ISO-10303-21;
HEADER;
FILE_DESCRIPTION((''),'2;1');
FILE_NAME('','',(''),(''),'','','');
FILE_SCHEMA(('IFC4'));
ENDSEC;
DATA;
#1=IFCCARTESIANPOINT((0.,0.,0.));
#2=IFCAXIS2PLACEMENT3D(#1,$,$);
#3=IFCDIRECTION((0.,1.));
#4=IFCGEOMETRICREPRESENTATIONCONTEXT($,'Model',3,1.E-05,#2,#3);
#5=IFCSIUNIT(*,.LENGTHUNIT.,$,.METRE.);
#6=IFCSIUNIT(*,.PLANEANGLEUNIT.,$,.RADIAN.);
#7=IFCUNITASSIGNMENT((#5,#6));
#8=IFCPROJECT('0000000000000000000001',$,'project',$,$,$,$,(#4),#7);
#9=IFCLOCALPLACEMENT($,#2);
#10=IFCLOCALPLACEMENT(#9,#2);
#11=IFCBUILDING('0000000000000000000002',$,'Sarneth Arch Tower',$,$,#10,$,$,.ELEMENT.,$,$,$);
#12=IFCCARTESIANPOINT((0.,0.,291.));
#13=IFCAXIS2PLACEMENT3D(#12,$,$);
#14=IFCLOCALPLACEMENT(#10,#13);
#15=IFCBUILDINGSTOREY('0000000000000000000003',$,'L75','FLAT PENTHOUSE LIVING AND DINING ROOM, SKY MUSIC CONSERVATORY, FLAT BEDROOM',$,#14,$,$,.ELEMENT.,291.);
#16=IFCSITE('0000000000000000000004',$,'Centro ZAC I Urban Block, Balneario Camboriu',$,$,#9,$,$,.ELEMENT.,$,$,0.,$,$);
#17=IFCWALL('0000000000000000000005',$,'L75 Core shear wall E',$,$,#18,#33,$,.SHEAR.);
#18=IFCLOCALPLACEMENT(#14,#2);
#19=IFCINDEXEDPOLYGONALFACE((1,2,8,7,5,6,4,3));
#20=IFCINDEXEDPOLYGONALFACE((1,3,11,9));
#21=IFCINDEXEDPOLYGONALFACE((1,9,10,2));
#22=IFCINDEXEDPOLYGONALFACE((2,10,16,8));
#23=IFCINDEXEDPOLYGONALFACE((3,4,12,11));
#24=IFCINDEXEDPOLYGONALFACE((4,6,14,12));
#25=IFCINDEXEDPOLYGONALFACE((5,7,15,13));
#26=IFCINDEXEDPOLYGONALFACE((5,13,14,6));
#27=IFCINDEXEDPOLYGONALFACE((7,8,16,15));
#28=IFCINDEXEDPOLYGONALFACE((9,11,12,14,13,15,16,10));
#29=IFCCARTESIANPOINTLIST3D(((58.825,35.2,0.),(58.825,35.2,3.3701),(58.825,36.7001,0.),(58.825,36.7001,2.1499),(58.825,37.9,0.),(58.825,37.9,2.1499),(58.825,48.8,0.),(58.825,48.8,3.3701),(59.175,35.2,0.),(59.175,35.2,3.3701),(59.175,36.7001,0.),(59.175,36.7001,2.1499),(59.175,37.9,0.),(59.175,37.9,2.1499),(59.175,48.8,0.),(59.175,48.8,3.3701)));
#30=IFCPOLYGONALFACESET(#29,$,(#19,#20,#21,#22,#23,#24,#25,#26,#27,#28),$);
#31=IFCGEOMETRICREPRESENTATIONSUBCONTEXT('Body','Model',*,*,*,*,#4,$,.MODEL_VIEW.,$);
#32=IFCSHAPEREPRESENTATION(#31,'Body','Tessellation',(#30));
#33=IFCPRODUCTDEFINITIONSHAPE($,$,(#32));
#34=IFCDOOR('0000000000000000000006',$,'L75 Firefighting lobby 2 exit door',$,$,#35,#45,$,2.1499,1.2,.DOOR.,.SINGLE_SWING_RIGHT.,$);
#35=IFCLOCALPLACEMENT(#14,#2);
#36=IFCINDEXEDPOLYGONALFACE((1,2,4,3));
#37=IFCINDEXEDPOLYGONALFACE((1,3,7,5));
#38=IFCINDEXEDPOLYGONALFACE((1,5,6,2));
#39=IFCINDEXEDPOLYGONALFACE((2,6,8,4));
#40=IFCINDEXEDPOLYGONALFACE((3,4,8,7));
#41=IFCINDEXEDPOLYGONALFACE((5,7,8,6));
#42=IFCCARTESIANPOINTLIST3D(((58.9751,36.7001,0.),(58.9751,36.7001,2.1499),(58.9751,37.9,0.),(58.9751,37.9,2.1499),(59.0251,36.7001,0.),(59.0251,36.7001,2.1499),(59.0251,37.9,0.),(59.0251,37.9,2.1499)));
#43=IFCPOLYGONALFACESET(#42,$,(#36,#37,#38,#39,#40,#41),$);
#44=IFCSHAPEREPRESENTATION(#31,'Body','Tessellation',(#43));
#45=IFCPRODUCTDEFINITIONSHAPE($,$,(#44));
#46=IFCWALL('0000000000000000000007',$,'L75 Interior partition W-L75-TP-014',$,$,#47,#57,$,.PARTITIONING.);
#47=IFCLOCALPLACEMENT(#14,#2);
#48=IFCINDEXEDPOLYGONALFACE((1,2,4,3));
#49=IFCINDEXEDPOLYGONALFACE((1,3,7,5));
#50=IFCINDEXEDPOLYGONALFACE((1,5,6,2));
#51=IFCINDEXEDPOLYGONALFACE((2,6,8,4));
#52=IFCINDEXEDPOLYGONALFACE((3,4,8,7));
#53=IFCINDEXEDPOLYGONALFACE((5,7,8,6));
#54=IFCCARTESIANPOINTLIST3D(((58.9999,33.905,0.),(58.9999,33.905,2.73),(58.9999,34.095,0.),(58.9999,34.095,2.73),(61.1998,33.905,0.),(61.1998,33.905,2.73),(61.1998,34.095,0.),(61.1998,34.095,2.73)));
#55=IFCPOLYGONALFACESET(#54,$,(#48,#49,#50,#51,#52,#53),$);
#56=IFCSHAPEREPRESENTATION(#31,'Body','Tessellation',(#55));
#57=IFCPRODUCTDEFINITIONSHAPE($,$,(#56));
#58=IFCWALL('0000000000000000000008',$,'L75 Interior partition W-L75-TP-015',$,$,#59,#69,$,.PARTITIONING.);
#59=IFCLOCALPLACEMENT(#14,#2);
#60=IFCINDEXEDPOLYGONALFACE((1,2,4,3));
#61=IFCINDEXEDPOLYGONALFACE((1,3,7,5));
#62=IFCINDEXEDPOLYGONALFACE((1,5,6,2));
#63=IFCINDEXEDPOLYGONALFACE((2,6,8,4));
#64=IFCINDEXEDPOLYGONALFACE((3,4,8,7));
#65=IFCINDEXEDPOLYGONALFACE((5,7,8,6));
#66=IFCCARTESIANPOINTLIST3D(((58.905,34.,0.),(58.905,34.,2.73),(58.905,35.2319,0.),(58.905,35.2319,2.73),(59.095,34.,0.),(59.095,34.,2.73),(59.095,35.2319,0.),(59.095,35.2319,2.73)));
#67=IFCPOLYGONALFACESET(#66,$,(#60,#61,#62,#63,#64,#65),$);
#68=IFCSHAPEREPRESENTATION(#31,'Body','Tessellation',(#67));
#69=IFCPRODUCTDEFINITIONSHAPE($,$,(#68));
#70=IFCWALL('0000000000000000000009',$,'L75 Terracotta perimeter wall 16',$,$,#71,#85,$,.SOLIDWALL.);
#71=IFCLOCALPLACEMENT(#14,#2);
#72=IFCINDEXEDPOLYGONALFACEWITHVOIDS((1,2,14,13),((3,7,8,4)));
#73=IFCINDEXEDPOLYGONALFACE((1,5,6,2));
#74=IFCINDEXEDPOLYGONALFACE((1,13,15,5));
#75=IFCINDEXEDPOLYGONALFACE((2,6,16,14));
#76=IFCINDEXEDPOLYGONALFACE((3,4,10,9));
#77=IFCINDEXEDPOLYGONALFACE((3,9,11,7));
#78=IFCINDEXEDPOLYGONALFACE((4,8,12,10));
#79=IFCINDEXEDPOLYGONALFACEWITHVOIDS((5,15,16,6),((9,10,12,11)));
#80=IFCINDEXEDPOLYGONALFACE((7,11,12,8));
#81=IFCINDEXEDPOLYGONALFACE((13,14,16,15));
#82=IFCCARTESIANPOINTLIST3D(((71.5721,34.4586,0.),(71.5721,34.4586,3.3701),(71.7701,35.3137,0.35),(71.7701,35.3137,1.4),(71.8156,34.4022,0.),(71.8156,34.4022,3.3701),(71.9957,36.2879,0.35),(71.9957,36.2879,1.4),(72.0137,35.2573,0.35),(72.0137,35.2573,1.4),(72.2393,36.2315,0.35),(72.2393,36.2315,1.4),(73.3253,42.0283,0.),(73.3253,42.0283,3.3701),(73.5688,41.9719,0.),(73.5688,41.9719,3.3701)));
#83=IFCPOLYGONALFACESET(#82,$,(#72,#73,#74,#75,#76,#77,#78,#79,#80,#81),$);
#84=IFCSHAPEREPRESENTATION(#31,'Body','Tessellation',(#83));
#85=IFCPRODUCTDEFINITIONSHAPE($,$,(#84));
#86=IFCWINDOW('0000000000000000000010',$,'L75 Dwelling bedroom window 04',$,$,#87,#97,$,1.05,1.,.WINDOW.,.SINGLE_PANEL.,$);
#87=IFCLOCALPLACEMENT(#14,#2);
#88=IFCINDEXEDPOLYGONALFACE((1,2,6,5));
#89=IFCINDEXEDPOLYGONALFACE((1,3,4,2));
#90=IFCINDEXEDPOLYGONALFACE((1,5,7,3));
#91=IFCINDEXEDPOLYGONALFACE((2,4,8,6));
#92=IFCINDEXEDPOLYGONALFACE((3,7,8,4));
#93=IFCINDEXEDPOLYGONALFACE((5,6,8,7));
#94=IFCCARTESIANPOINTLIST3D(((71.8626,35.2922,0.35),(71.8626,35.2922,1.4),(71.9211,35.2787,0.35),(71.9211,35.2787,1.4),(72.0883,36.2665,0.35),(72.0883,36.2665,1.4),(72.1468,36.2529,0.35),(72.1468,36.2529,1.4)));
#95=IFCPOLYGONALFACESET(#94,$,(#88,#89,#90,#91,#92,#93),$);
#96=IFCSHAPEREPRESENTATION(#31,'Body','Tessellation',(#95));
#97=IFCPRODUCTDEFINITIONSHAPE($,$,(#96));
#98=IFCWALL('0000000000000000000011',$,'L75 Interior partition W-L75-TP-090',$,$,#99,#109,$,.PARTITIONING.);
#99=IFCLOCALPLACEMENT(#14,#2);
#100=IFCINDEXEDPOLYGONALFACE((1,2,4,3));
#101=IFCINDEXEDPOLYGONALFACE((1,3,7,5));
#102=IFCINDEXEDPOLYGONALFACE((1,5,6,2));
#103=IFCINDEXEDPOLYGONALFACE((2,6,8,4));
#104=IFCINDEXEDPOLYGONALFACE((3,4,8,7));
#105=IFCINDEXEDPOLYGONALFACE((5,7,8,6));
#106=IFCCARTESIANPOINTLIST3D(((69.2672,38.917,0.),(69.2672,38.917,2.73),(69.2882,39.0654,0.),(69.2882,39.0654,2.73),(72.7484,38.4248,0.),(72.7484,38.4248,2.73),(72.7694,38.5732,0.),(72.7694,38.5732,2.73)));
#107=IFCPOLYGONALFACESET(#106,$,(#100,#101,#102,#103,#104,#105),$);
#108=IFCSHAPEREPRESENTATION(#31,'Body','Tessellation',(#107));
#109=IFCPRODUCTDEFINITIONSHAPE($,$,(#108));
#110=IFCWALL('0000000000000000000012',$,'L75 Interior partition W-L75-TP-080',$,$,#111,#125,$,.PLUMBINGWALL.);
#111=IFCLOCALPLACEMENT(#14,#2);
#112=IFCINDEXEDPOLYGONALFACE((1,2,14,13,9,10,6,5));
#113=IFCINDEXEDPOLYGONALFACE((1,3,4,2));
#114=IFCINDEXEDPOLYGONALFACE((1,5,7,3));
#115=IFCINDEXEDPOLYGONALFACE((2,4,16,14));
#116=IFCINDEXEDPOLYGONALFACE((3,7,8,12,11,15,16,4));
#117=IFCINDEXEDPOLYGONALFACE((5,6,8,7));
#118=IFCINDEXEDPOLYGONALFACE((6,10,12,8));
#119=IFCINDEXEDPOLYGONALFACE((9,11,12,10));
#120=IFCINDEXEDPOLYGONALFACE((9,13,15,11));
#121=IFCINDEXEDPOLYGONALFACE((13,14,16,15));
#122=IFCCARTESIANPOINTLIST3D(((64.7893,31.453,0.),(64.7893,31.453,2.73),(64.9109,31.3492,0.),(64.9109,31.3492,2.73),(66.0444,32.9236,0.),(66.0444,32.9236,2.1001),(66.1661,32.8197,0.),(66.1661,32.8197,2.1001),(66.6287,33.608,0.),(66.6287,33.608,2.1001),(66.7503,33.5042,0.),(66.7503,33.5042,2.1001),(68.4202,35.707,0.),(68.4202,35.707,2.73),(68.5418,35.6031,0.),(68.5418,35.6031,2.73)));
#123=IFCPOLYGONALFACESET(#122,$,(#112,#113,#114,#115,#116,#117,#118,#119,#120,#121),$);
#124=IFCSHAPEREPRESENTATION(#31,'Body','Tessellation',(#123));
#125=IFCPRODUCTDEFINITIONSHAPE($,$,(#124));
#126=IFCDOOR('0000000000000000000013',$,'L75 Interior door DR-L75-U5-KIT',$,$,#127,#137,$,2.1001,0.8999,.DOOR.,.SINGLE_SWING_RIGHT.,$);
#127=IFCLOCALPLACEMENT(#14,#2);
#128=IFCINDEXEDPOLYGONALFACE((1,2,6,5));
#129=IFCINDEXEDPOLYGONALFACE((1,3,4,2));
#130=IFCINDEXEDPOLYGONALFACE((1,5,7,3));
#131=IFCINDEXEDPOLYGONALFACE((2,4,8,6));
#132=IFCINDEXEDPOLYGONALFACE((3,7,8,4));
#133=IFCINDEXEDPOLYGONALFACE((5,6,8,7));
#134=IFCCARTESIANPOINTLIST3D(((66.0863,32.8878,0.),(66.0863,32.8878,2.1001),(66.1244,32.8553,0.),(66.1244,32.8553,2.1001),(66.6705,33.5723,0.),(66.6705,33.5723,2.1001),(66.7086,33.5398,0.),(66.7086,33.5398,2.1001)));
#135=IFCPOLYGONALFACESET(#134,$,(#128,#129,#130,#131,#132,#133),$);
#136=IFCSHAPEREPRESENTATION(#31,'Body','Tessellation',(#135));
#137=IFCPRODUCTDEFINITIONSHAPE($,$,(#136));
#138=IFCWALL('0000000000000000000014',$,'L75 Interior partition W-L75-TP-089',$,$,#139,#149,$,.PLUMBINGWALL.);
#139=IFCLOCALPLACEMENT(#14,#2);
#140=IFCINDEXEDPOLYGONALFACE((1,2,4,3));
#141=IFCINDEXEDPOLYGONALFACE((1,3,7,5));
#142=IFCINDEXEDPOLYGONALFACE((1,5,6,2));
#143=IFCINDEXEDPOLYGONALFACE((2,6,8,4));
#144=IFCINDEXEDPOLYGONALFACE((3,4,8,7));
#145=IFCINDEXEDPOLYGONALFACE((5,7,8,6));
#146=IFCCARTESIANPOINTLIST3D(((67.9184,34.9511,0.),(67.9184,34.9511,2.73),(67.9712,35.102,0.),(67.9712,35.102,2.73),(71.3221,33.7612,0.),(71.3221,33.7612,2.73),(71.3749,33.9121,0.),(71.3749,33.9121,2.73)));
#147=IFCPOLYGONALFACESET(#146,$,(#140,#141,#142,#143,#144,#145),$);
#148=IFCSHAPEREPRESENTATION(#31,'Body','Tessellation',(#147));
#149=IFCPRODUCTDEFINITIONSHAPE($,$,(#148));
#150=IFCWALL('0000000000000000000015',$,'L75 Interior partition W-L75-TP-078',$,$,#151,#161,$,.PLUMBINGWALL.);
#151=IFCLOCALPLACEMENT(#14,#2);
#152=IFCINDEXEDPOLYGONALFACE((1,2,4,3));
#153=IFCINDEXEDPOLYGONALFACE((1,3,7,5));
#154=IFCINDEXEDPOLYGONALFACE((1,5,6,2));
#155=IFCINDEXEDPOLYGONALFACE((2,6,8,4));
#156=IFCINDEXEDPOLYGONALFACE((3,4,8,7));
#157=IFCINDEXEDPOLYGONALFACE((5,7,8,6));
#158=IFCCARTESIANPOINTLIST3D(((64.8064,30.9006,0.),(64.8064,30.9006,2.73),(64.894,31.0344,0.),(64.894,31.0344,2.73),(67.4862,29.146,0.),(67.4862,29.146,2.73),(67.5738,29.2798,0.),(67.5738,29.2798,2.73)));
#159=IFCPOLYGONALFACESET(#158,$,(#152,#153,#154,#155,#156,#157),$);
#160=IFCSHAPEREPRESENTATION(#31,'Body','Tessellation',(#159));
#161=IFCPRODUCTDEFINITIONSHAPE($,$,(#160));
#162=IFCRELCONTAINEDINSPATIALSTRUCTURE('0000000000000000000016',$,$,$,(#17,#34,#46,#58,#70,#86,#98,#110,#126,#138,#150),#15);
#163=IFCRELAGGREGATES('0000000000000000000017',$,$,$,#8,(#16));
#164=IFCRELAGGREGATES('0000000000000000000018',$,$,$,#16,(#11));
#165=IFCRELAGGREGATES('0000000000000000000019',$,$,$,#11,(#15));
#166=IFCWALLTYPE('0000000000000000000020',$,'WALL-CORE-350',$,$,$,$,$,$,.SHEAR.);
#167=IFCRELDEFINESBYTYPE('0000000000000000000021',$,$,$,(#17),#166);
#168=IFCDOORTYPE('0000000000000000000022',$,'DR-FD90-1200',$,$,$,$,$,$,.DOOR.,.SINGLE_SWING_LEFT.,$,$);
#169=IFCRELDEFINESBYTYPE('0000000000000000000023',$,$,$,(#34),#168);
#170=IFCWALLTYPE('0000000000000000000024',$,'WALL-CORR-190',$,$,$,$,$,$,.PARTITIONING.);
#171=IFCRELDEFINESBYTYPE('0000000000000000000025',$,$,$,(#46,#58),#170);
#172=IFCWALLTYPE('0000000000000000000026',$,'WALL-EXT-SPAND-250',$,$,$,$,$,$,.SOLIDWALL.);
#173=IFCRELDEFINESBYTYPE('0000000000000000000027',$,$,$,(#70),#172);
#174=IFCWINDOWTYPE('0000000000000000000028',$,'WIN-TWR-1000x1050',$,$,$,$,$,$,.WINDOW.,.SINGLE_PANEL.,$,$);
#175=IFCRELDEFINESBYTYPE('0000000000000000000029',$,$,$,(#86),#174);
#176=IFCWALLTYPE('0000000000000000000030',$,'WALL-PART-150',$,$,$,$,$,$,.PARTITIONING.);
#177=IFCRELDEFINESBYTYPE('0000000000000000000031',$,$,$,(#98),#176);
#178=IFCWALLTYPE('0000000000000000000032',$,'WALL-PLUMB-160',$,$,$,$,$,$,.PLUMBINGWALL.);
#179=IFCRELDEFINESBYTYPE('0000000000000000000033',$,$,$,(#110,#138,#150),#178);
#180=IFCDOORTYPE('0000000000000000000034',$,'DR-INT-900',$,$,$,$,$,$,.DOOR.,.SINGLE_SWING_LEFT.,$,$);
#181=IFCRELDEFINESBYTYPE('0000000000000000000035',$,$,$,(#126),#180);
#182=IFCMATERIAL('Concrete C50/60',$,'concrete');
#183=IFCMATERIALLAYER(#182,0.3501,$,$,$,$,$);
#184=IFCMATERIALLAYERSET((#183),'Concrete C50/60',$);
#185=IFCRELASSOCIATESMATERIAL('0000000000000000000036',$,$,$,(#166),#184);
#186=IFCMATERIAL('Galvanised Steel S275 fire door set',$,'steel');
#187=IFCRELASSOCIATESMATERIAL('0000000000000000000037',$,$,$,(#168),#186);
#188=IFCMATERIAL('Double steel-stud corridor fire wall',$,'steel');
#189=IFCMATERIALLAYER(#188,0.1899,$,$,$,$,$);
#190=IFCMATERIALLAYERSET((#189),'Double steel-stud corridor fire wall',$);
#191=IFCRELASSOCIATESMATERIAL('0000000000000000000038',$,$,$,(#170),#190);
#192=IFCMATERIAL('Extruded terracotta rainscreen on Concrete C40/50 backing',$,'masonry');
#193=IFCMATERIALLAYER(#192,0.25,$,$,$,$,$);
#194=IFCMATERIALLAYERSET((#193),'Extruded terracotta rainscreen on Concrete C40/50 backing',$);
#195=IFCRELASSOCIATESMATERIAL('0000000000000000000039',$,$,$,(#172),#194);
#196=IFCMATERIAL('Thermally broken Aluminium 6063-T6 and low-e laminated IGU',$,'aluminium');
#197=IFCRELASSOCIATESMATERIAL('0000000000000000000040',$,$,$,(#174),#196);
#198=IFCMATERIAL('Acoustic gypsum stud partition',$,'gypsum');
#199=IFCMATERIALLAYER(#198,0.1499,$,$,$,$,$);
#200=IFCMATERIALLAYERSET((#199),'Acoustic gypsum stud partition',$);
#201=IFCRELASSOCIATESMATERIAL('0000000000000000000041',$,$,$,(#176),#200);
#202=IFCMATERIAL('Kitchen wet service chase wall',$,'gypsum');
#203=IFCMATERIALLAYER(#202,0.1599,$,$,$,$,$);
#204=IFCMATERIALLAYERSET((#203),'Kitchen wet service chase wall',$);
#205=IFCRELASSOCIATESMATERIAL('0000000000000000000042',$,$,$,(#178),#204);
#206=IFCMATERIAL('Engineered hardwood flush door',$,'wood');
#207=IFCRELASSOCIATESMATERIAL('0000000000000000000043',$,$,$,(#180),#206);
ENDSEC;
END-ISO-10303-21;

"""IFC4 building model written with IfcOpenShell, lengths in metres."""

from ifc_helpers import new_model, si_unit, direction, frame, frame_2d, origin, place, context, subcontext, project, spatial, rectangle, extrude, material, layer, layer_set, type_object, element, fill, save


model = new_model("IFC4")

# Units and contexts
model_context = context("Model", 3, precision=1e-05, world=origin(), true_north=direction((0.0, 1.0)))
body_context = subcontext(model_context, "Body", "Model", "MODEL_VIEW")
ifc_project = project(units=[si_unit("LENGTHUNIT", "METRE"), si_unit("PLANEANGLEUNIT", "RADIAN")], contexts=[model_context])

# Site, building, storey
site_placement = place(None, origin())
site = spatial("IfcSite", under=ifc_project, at=site_placement, Name="Centro ZAC I Urban Block, Balneario Camboriu", CompositionType="ELEMENT", RefElevation=0.0)
building_placement = place(site_placement, origin())
building = spatial("IfcBuilding", under=site, at=building_placement, Name="Sarneth Arch Tower", CompositionType="ELEMENT")
storey_placement = place(building_placement, frame((0.0, 0.0, 291.0)))
storey = spatial("IfcBuildingStorey", under=building, at=storey_placement, Name="L75", Description="FLAT PENTHOUSE LIVING AND DINING ROOM, SKY MUSIC CONSERVATORY, FLAT BEDROOM", CompositionType="ELEMENT", Elevation=291.0)

# Wall, opening, door
ifc_material_1 = material(Name="Concrete C50/60", Category="concrete")
ifc_layer_1 = layer(ifc_material_1, 0.3501)
ifc_layer_set_1 = layer_set([ifc_layer_1], Name="Concrete C50/60")
wall_type_1 = type_object("IfcWallType", Name="WALL-CORE-350", PredefinedType="SHEAR", material=ifc_layer_set_1)
wall_1_placement = place(storey_placement, frame((59.0, 35.2, 0.0), z_axis=(0.0, 0.0, 1.0), x_axis=(0.0, 1.0, 0.0)))
wall_1 = element("IfcWall", 1, at=wall_1_placement, inside=storey, type_object=wall_type_1, Name="L75 Core shear wall E", PredefinedType="SHEAR", context=body_context, shape_type="SweptSolid", body=[
    extrude(rectangle(XDim=13.6001, YDim=0.3501, at=frame_2d((6.8, 0.0))), origin(), (0.0, 0.0, 1.0), 3.3701),
])
opening_1_placement = place(wall_1_placement, frame((1.5, 0.0, 0.0)))
opening_1 = element("IfcOpeningElement", 2, at=opening_1_placement, cuts=wall_1, PredefinedType="OPENING", context=body_context, shape_type="SweptSolid", body=[
    extrude(rectangle(XDim=1.2, YDim=2.1499, at=frame_2d((0.6001, 1.075))), frame((0.0, 0.1851, 0.0), z_axis=(0.0, -1.0, 0.0), x_axis=(1.0, 0.0, 0.0)), (0.0, 0.0, 1.0), 0.3701),
])
ifc_material_2 = material(Name="Galvanised Steel S275 fire door set", Category="steel")
door_type_1 = type_object("IfcDoorType", Name="DR-FD90-1200", OperationType="SINGLE_SWING_LEFT", PredefinedType="DOOR", material=ifc_material_2)
door_1_placement = place(opening_1_placement, origin())
door_1 = element("IfcDoor", 3, at=door_1_placement, inside=storey, type_object=door_type_1, Name="L75 Firefighting lobby 2 exit door", OperationType="SINGLE_SWING_RIGHT", OverallHeight=2.1499, OverallWidth=1.2, PredefinedType="DOOR", context=body_context, shape_type="SweptSolid", body=[
    extrude(rectangle(XDim=1.2, YDim=2.1499, at=frame_2d((0.6001, 1.075))), frame((0.0, 0.0249, 0.0), z_axis=(0.0, -1.0, 0.0), x_axis=(1.0, 0.0, 0.0)), (0.0, 0.0, 1.0), 0.05),
])
fill(opening_1, door_1)

# Walls
ifc_material_3 = material(Name="Double steel-stud corridor fire wall", Category="steel")
ifc_layer_2 = layer(ifc_material_3, 0.1899)
ifc_layer_set_2 = layer_set([ifc_layer_2], Name="Double steel-stud corridor fire wall")
wall_type_2 = type_object("IfcWallType", Name="WALL-CORR-190", PredefinedType="PARTITIONING", material=ifc_layer_set_2)
wall_2_placement = place(storey_placement, frame((61.2, 34.0, 0.0), z_axis=(0.0, 0.0, 1.0), x_axis=(-1.0, 0.0, 0.0)))
element("IfcWall", 4, at=wall_2_placement, inside=storey, type_object=wall_type_2, Name="L75 Interior partition W-L75-TP-014", PredefinedType="PARTITIONING", context=body_context, shape_type="SweptSolid", body=[
    extrude(rectangle(XDim=2.2, YDim=0.1899, at=frame_2d((1.1001, 0.0))), origin(), (0.0, 0.0, 1.0), 2.73),
])
wall_3_placement = place(storey_placement, frame((59.0, 34.0, 0.0), z_axis=(0.0, 0.0, 1.0), x_axis=(0.0, 1.0, 0.0)))
element("IfcWall", 5, at=wall_3_placement, inside=storey, type_object=wall_type_2, Name="L75 Interior partition W-L75-TP-015", PredefinedType="PARTITIONING", context=body_context, shape_type="SweptSolid", body=[
    extrude(rectangle(XDim=1.2319, YDim=0.1899, at=frame_2d((0.616, 0.0))), origin(), (0.0, 0.0, 1.0), 2.73),
])

# Wall, opening, window
ifc_material_4 = material(Name="Extruded terracotta rainscreen on Concrete C40/50 backing", Category="masonry")
ifc_layer_3 = layer(ifc_material_4, 0.25)
ifc_layer_set_3 = layer_set([ifc_layer_3], Name="Extruded terracotta rainscreen on Concrete C40/50 backing")
wall_type_3 = type_object("IfcWallType", Name="WALL-EXT-SPAND-250", PredefinedType="SOLIDWALL", material=ifc_layer_set_3)
wall_4_placement = place(storey_placement, frame((71.6938, 34.4304, 0.0), z_axis=(0.0, 0.0, 1.0), x_axis=(0.225635, 0.974212, 0.0)))
wall_4 = element("IfcWall", 6, at=wall_4_placement, inside=storey, type_object=wall_type_3, Name="L75 Terracotta perimeter wall 16", PredefinedType="SOLIDWALL", context=body_context, shape_type="SweptSolid", body=[
    extrude(rectangle(XDim=7.77, YDim=0.25, at=frame_2d((3.885, 0.0))), origin(), (0.0, 0.0, 1.0), 3.3701),
])
opening_2_placement = place(wall_4_placement, frame((0.8777, 0.0, 0.3501)))
opening_2 = element("IfcOpeningElement", 7, at=opening_2_placement, cuts=wall_4, PredefinedType="OPENING", context=body_context, shape_type="SweptSolid", body=[
    extrude(rectangle(XDim=1.0, YDim=1.05, at=frame_2d((0.5, 0.5249))), frame((0.0, 0.135, 0.0), z_axis=(0.0, -1.0, 0.0), x_axis=(1.0, 0.0, 0.0)), (0.0, 0.0, 1.0), 0.27),
])
ifc_material_5 = material(Name="Thermally broken Aluminium 6063-T6 and low-e laminated IGU", Category="aluminium")
window_type = type_object("IfcWindowType", Name="WIN-TWR-1000x1050", PartitioningType="SINGLE_PANEL", PredefinedType="WINDOW", material=ifc_material_5)
window_placement = place(opening_2_placement, origin())
window = element("IfcWindow", 8, at=window_placement, inside=storey, type_object=window_type, Name="L75 Dwelling bedroom window 04", OverallHeight=1.05, OverallWidth=1.0, PartitioningType="SINGLE_PANEL", PredefinedType="WINDOW", context=body_context, shape_type="SweptSolid", body=[
    extrude(rectangle(XDim=1.0, YDim=1.05, at=frame_2d((0.5, 0.5249))), frame((0.0, 0.03, 0.0), z_axis=(0.0, -1.0, 0.0), x_axis=(1.0, 0.0, 0.0)), (0.0, 0.0, 1.0), 0.0601),
])
fill(opening_2, window)

# Wall
ifc_material_6 = material(Name="Acoustic gypsum stud partition", Category="gypsum")
ifc_layer_4 = layer(ifc_material_6, 0.1499)
ifc_layer_set_4 = layer_set([ifc_layer_4], Name="Acoustic gypsum stud partition")
wall_type_4 = type_object("IfcWallType", Name="WALL-PART-150", PredefinedType="PARTITIONING", material=ifc_layer_set_4)
wall_5_placement = place(storey_placement, frame((72.7588, 38.499, 0.0), z_axis=(0.0, 0.0, 1.0), x_axis=(-0.990153, 0.139992, 0.0)))
element("IfcWall", 9, at=wall_5_placement, inside=storey, type_object=wall_type_4, Name="L75 Interior partition W-L75-TP-090", PredefinedType="PARTITIONING", context=body_context, shape_type="SweptSolid", body=[
    extrude(rectangle(XDim=3.5159, YDim=0.1499, at=frame_2d((1.7578, 0.0))), origin(), (0.0, 0.0, 1.0), 2.73),
])

# Wall, opening, door
ifc_material_7 = material(Name="Kitchen wet service chase wall", Category="gypsum")
ifc_layer_5 = layer(ifc_material_7, 0.1599)
ifc_layer_set_5 = layer_set([ifc_layer_5], Name="Kitchen wet service chase wall")
wall_type_5 = type_object("IfcWallType", Name="WALL-PLUMB-160", PredefinedType="PLUMBINGWALL", material=ifc_layer_set_5)
wall_6_placement = place(storey_placement, frame((64.8501, 31.4011, 0.0), z_axis=(0.0, 0.0, 1.0), x_axis=(0.649208, 0.760611, 0.0)))
wall_6 = element("IfcWall", 10, at=wall_6_placement, inside=storey, type_object=wall_type_5, Name="L75 Interior partition W-L75-TP-080", PredefinedType="PLUMBINGWALL", context=body_context, shape_type="SweptSolid", body=[
    extrude(rectangle(XDim=5.5928, YDim=0.1599, at=frame_2d((2.7964, 0.0))), origin(), (0.0, 0.0, 1.0), 2.73),
])
opening_3_placement = place(wall_6_placement, frame((1.9333, 0.0, 0.0)))
opening_3 = element("IfcOpeningElement", 11, at=opening_3_placement, cuts=wall_6, PredefinedType="OPENING", context=body_context, shape_type="SweptSolid", body=[
    extrude(rectangle(XDim=0.8999, YDim=2.1001, at=frame_2d((0.45, 1.05))), frame((0.0, 0.0898, 0.0), z_axis=(0.0, -1.0, 0.0), x_axis=(1.0, 0.0, 0.0)), (0.0, 0.0, 1.0), 0.1799),
])
ifc_material_8 = material(Name="Engineered hardwood flush door", Category="wood")
door_type_2 = type_object("IfcDoorType", Name="DR-INT-900", OperationType="SINGLE_SWING_LEFT", PredefinedType="DOOR", material=ifc_material_8)
door_2_placement = place(opening_3_placement, origin())
door_2 = element("IfcDoor", 12, at=door_2_placement, inside=storey, type_object=door_type_2, Name="L75 Interior door DR-L75-U5-KIT", OperationType="SINGLE_SWING_RIGHT", OverallHeight=2.1001, OverallWidth=0.8999, PredefinedType="DOOR", context=body_context, shape_type="SweptSolid", body=[
    extrude(rectangle(XDim=0.8999, YDim=2.1001, at=frame_2d((0.45, 1.05))), frame((0.0, 0.0249, 0.0), z_axis=(0.0, -1.0, 0.0), x_axis=(1.0, 0.0, 0.0)), (0.0, 0.0, 1.0), 0.05),
])
fill(opening_3, door_2)

# Walls
wall_7_placement = place(storey_placement, frame((71.3484, 33.8367, 0.0), z_axis=(0.0, 0.0, 1.0), x_axis=(-0.943979, 0.330007, 0.0)))
element("IfcWall", 13, at=wall_7_placement, inside=storey, type_object=wall_type_5, Name="L75 Interior partition W-L75-TP-089", PredefinedType="PLUMBINGWALL", context=body_context, shape_type="SweptSolid", body=[
    extrude(rectangle(XDim=3.6057, YDim=0.1599, at=frame_2d((1.8027, 0.0))), origin(), (0.0, 0.0, 1.0), 2.73),
])
wall_8_placement = place(storey_placement, frame((67.53, 29.2129, 0.0), z_axis=(0.0, 0.0, 1.0), x_axis=(-0.83663, 0.547769, 0.0)))
element("IfcWall", 14, at=wall_8_placement, inside=storey, type_object=wall_type_5, Name="L75 Interior partition W-L75-TP-078", PredefinedType="PLUMBINGWALL", context=body_context, shape_type="SweptSolid", body=[
    extrude(rectangle(XDim=3.2031, YDim=0.1599, at=frame_2d((1.6016, 0.0))), origin(), (0.0, 0.0, 1.0), 2.73),
])

save(model, "model.ifc")
